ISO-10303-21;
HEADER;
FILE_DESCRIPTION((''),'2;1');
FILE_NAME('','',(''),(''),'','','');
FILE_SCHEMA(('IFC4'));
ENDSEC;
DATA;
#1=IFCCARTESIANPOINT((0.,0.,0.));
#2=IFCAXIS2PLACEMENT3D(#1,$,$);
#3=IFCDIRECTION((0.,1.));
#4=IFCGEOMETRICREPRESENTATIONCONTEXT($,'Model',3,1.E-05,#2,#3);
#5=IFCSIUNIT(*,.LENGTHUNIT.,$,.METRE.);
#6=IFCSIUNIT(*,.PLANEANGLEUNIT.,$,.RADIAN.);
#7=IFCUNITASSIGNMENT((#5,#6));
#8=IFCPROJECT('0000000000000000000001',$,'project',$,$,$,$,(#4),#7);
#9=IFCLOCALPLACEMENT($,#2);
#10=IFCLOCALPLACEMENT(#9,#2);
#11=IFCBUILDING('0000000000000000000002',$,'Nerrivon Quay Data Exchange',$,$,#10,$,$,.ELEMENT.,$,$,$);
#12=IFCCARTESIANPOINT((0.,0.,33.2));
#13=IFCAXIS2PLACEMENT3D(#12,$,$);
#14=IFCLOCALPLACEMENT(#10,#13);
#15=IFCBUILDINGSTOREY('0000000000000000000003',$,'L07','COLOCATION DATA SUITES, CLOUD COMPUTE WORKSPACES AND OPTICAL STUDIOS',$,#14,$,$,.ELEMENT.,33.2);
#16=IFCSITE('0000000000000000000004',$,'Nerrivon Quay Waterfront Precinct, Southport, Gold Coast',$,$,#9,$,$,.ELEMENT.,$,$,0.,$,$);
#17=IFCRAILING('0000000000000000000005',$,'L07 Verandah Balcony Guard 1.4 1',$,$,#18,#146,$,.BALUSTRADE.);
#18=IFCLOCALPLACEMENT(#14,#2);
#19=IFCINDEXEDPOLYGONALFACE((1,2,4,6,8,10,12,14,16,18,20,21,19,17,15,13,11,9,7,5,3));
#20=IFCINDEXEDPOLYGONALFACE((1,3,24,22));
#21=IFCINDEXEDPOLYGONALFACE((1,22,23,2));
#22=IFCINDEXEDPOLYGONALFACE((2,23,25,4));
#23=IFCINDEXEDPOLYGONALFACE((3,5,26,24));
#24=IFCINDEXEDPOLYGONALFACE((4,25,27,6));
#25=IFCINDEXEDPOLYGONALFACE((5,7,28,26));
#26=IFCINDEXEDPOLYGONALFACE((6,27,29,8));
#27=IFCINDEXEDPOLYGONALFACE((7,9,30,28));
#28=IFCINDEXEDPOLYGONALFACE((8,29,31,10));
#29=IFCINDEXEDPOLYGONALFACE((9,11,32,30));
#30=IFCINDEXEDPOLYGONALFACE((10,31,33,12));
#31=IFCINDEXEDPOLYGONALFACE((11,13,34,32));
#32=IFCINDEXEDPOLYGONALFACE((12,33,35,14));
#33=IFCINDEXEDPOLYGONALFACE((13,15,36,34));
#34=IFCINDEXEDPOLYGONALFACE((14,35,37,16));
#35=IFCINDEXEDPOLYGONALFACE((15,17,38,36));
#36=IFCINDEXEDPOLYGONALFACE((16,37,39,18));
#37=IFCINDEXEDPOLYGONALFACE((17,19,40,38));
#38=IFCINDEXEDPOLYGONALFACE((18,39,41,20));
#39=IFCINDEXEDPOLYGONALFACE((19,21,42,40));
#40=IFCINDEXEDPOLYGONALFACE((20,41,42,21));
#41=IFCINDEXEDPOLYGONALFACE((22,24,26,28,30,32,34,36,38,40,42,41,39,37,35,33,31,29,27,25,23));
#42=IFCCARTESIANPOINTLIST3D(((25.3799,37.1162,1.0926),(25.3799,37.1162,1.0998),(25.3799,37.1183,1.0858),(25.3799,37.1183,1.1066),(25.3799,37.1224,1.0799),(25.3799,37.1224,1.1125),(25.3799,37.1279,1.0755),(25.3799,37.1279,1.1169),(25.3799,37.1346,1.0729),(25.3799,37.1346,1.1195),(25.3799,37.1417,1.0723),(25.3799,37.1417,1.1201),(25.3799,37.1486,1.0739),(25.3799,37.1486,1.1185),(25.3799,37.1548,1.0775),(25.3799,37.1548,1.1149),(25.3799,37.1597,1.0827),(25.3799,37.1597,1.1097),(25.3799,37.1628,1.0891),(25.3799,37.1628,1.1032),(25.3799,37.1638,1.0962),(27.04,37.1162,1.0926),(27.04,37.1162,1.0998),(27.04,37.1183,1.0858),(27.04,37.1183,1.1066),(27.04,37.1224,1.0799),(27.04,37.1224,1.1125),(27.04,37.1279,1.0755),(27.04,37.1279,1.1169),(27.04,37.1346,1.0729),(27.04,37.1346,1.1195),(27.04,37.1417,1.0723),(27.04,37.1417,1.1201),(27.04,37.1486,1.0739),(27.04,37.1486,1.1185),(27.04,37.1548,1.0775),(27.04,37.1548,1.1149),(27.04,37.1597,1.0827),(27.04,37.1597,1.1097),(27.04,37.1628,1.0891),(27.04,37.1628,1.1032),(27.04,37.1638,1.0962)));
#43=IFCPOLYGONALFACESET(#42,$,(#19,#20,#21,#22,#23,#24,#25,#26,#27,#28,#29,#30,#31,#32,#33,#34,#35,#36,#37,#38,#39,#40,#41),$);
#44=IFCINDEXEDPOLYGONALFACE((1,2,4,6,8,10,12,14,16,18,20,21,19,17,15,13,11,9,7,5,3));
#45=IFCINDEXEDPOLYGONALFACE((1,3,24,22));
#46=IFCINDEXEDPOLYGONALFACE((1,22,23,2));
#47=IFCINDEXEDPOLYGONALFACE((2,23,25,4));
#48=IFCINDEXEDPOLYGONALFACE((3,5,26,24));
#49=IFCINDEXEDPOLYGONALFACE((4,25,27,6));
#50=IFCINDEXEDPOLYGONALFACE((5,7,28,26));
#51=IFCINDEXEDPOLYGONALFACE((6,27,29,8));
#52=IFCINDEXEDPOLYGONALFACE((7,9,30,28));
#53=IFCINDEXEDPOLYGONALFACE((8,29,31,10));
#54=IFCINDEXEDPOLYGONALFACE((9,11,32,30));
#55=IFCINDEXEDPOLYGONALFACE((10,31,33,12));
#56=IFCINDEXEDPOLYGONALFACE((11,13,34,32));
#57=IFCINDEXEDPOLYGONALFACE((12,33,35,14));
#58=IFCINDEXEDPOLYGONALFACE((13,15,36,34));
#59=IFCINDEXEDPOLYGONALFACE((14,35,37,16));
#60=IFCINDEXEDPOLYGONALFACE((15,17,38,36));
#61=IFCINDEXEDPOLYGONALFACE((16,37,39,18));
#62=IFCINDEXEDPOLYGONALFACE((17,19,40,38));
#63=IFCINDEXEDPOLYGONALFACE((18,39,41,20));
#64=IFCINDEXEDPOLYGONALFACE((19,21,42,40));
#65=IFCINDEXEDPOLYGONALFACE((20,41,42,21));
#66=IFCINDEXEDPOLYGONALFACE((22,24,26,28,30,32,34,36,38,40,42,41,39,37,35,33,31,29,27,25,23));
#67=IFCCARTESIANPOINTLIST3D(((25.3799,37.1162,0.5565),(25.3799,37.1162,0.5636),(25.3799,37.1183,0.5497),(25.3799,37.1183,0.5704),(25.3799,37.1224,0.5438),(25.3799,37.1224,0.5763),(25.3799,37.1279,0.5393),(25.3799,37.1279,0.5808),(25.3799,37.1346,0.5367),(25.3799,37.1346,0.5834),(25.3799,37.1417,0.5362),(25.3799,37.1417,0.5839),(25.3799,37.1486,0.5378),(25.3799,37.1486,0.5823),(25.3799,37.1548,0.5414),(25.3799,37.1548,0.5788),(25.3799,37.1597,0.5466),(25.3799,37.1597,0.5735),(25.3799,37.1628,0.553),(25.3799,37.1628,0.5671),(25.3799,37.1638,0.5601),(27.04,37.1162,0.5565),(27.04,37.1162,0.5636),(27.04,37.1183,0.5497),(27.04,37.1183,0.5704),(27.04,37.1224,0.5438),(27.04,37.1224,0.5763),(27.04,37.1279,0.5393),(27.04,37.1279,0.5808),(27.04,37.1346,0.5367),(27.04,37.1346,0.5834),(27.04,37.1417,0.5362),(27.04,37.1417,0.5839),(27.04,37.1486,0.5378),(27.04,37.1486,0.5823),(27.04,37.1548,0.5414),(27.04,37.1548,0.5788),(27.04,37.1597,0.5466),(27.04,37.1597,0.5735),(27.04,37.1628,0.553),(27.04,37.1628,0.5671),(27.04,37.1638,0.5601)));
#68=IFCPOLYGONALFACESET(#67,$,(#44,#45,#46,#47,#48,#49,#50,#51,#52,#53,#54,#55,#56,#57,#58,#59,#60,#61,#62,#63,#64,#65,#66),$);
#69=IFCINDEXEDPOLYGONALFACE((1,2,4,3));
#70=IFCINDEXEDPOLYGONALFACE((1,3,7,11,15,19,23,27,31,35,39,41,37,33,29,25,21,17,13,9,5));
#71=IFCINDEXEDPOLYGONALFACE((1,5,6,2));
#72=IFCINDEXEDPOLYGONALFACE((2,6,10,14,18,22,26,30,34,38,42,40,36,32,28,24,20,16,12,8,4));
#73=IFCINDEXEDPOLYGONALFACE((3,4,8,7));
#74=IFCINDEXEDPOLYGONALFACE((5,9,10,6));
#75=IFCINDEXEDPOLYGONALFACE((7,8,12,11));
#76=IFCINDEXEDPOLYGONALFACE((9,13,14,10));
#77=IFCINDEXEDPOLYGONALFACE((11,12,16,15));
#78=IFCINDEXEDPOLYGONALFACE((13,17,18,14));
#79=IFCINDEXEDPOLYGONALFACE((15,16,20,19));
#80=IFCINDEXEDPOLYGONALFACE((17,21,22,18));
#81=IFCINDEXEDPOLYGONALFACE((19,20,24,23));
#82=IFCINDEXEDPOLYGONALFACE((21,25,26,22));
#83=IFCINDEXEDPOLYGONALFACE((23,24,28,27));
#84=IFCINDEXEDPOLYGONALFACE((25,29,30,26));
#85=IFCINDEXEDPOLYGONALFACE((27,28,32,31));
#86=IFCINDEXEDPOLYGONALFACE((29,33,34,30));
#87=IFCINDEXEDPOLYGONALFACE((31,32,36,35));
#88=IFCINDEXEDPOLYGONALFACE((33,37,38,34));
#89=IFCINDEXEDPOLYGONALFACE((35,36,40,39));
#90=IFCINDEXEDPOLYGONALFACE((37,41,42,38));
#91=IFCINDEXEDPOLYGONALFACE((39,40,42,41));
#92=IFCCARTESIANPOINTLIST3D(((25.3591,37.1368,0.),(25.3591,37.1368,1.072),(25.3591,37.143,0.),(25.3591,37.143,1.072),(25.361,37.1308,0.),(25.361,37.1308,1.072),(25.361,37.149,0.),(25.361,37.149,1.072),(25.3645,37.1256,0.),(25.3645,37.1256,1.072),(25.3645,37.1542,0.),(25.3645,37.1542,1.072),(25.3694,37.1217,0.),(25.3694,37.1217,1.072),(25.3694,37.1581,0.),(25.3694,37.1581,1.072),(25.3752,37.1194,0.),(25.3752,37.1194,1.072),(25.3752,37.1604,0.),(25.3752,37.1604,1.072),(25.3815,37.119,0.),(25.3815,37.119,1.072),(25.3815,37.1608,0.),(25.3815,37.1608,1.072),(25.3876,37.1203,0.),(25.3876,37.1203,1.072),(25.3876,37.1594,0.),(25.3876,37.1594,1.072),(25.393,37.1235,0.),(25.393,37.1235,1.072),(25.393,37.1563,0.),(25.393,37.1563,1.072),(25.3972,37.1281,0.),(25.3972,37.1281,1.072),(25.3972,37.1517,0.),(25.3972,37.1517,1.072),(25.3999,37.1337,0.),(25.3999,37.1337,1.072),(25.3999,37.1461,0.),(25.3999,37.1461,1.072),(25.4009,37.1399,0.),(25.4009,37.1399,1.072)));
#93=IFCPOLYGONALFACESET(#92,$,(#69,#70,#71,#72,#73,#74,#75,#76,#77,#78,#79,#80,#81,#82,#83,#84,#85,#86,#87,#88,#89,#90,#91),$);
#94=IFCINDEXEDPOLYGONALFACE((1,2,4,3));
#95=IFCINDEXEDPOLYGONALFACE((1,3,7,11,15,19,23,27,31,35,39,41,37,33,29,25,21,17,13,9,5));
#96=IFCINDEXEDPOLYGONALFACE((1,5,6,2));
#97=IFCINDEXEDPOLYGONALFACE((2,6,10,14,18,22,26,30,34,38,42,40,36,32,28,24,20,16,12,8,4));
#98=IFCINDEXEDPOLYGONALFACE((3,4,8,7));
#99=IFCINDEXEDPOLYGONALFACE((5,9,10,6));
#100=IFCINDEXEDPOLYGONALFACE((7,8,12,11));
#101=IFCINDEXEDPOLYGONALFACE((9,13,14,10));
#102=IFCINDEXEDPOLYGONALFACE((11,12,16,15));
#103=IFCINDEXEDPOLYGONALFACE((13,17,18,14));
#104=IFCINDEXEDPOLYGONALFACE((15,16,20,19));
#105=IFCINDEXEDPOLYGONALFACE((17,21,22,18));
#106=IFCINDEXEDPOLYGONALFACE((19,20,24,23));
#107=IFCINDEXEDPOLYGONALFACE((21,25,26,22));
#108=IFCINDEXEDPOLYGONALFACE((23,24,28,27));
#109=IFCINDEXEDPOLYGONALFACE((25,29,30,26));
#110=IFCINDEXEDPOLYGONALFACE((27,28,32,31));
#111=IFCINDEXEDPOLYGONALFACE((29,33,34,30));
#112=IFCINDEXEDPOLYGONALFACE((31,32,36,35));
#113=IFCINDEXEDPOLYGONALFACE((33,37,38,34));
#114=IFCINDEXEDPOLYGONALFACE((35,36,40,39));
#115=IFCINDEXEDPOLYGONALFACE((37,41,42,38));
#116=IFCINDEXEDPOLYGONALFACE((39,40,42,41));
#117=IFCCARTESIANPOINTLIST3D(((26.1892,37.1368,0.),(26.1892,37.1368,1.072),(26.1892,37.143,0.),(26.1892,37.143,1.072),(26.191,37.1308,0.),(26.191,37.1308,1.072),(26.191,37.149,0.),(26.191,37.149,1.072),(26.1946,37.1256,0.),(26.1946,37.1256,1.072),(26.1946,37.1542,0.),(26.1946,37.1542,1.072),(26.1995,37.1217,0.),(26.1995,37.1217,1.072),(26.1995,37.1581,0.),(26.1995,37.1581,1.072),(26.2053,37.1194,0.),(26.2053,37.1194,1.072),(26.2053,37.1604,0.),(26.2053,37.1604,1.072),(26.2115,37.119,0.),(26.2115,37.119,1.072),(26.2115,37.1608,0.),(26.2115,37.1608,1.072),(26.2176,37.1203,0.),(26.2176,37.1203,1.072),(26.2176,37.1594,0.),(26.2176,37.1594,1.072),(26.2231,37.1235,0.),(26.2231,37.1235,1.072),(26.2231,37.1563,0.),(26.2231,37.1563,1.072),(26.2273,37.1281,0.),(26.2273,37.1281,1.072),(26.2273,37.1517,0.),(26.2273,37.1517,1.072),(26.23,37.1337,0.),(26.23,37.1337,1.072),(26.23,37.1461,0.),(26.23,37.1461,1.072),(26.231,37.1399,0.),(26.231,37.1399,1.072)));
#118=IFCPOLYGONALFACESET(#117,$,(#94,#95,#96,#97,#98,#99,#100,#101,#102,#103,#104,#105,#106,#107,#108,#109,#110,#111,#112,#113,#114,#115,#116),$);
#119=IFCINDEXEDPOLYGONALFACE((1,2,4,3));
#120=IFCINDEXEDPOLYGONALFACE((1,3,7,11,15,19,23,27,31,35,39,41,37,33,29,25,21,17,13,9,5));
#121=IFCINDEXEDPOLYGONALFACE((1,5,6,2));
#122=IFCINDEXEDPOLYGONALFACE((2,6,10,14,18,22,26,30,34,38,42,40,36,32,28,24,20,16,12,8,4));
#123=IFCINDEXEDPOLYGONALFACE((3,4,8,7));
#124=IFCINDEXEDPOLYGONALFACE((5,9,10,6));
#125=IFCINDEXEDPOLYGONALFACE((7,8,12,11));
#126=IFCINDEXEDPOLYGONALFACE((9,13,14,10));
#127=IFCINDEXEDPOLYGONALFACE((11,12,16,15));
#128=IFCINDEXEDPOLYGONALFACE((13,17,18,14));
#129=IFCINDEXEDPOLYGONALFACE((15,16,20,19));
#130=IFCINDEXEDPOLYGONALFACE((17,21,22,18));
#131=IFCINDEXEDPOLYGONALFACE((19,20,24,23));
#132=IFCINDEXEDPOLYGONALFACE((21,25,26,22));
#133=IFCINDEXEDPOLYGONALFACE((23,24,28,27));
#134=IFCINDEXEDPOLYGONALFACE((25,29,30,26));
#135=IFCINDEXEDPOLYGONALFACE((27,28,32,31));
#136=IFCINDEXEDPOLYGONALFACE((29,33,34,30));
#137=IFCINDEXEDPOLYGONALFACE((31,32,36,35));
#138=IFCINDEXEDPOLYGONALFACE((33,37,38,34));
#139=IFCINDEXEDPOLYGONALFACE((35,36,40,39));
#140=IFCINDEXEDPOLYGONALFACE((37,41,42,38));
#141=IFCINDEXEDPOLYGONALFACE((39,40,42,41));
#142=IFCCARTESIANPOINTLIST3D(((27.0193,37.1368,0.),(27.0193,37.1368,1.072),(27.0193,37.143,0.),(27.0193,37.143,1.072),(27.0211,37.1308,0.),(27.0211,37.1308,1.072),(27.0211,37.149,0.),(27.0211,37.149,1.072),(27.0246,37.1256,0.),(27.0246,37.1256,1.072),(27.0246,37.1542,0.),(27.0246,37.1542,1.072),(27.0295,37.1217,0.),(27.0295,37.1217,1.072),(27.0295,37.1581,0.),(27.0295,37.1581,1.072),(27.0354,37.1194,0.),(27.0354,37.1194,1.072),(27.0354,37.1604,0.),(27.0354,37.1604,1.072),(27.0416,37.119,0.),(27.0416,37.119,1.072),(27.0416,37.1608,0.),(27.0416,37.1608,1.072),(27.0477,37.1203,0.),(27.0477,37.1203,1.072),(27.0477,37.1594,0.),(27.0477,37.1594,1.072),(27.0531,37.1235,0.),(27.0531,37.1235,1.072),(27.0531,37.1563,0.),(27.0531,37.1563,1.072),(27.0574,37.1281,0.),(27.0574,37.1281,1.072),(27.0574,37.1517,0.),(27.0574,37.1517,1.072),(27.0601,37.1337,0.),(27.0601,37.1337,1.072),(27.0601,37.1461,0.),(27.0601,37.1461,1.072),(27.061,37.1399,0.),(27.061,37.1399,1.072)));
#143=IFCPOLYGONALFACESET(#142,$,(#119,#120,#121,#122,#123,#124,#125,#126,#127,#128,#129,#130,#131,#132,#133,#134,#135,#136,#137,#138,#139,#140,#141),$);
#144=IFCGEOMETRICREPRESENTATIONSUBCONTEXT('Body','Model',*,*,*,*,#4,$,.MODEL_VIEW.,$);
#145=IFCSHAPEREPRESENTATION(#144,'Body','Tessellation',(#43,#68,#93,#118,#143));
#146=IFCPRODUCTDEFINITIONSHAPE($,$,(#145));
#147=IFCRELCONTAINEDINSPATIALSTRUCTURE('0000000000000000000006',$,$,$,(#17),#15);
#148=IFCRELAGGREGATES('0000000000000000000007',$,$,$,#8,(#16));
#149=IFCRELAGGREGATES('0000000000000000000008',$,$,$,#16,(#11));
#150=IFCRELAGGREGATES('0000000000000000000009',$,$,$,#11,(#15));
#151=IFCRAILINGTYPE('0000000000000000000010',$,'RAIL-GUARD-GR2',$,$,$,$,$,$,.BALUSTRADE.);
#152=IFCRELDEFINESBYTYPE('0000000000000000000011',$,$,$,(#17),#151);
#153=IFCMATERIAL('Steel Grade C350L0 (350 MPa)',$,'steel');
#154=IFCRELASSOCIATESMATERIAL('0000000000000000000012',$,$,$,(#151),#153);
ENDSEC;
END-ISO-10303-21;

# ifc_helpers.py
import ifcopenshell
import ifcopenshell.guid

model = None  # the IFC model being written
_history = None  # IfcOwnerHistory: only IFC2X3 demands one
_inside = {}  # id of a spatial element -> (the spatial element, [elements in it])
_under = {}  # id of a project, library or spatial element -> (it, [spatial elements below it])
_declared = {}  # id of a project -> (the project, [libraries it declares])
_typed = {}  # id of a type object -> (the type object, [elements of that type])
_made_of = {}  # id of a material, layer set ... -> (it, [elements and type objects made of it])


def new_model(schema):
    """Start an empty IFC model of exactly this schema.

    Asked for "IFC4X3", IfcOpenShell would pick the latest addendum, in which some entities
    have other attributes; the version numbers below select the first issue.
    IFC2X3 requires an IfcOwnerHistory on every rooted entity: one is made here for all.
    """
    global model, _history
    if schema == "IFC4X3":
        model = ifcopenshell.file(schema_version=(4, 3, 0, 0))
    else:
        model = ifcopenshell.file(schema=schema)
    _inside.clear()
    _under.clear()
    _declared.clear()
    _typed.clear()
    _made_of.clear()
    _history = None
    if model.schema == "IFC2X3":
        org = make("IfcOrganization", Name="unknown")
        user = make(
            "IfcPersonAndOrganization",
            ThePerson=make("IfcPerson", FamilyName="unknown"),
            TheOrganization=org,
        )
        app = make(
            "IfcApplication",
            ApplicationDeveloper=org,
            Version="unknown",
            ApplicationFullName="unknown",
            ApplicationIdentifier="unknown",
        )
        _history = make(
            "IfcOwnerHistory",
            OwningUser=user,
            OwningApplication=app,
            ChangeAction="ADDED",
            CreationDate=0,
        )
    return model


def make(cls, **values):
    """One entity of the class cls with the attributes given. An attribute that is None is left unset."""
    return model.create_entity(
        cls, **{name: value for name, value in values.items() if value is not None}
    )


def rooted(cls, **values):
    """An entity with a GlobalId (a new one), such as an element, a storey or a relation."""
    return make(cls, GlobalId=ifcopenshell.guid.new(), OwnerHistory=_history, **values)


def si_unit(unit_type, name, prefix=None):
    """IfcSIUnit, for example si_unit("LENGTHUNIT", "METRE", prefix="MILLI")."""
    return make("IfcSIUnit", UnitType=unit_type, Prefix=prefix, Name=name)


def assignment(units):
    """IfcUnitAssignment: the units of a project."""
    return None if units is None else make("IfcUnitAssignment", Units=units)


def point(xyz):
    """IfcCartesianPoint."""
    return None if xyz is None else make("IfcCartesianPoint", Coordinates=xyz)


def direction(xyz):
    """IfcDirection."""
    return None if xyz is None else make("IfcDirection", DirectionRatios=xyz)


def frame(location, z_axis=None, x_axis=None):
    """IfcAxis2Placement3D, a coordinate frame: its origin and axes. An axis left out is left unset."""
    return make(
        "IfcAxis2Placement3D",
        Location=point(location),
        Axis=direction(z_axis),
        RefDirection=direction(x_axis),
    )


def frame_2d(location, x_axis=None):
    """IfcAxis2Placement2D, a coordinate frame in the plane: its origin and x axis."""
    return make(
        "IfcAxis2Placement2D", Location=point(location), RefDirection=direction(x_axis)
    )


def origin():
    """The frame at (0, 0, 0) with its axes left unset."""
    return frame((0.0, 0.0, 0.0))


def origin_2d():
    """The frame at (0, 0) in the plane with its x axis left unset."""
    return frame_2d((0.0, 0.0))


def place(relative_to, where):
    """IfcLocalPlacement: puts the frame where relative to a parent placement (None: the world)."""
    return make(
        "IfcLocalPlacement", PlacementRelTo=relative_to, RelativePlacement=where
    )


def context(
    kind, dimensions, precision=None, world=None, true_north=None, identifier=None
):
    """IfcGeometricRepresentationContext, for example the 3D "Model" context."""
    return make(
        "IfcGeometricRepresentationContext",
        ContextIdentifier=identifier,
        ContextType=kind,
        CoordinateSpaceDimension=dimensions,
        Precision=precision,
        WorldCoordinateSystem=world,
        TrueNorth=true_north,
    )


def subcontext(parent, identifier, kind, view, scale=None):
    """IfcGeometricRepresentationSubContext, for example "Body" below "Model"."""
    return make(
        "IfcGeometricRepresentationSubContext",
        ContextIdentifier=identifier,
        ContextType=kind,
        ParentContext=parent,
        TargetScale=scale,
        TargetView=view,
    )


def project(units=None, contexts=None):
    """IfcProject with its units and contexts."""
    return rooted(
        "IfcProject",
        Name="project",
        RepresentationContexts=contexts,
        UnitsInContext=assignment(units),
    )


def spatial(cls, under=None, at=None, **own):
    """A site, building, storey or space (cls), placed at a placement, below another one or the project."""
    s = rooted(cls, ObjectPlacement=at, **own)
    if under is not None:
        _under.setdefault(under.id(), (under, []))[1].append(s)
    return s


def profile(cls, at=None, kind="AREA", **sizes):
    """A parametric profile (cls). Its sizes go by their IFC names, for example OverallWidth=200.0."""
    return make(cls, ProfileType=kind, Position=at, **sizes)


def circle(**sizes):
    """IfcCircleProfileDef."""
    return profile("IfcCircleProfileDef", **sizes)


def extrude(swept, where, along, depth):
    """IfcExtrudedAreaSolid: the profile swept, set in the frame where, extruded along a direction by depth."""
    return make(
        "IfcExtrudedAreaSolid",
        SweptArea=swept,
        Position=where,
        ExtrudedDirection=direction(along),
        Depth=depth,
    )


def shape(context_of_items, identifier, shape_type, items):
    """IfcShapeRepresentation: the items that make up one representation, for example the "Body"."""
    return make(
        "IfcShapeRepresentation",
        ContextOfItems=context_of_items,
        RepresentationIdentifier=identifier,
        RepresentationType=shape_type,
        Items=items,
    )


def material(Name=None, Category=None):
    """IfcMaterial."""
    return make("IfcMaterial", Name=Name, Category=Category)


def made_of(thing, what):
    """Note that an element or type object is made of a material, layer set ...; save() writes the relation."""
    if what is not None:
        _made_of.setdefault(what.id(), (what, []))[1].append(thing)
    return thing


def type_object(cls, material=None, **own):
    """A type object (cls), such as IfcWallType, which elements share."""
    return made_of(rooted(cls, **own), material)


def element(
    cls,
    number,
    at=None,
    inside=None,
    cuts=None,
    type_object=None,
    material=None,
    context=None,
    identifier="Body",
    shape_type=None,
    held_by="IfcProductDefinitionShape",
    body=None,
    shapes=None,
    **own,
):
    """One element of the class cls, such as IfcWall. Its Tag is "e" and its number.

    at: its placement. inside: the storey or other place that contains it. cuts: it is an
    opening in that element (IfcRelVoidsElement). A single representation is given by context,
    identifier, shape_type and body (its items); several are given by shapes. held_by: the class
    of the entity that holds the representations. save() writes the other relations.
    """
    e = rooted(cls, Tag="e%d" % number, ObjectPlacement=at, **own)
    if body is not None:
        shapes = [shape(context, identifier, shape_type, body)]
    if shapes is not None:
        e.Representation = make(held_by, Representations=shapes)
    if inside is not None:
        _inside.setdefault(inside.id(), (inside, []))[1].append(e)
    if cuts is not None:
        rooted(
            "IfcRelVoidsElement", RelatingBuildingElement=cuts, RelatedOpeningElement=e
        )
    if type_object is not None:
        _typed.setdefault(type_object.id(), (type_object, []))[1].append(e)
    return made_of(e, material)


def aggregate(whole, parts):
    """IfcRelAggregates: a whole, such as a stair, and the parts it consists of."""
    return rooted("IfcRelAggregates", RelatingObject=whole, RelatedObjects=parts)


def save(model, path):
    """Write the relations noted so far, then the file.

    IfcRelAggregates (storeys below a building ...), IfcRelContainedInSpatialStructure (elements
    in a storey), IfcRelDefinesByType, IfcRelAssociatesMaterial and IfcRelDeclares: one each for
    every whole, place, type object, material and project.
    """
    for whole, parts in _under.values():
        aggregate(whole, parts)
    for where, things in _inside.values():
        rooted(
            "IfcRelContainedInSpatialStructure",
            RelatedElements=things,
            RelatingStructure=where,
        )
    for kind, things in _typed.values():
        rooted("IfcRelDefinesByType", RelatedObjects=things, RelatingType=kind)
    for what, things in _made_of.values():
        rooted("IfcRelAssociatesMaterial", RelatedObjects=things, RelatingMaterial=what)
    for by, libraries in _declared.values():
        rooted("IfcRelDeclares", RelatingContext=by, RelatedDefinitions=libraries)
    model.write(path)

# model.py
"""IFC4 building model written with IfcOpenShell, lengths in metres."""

from ifc_helpers import new_model, si_unit, direction, frame, origin, origin_2d, place, context, subcontext, project, spatial, circle, extrude, material, type_object, element, save


model = new_model("IFC4")

# Units and contexts
model_context = context("Model", 3, precision=1e-05, world=origin(), true_north=direction((0.0, 1.0)))
body_context = subcontext(model_context, "Body", "Model", "MODEL_VIEW")
ifc_project = project(units=[si_unit("LENGTHUNIT", "METRE"), si_unit("PLANEANGLEUNIT", "RADIAN")], contexts=[model_context])

# Site, building, storey
site_placement = place(None, origin())
site = spatial("IfcSite", under=ifc_project, at=site_placement, Name="Nerrivon Quay Waterfront Precinct, Southport, Gold Coast", CompositionType="ELEMENT", RefElevation=0.0)
building_placement = place(site_placement, origin())
building = spatial("IfcBuilding", under=site, at=building_placement, Name="Nerrivon Quay Data Exchange", CompositionType="ELEMENT")
storey_placement = place(building_placement, frame((0.0, 0.0, 33.2)))
storey = spatial("IfcBuildingStorey", under=building, at=storey_placement, Name="L07", Description="COLOCATION DATA SUITES, CLOUD COMPUTE WORKSPACES AND OPTICAL STUDIOS", CompositionType="ELEMENT", Elevation=33.2)

# Railing
ifc_material_1 = material(Name="Steel Grade C350L0 (350 MPa)", Category="steel")
railing_type = type_object("IfcRailingType", Name="RAIL-GUARD-GR2", PredefinedType="BALUSTRADE", material=ifc_material_1)
railing_1_placement = place(storey_placement, frame((25.3799, 37.1399, 0.0)))
element("IfcRailing", 1, at=railing_1_placement, inside=storey, type_object=railing_type, Name="L07 Verandah Balcony Guard 1.4 1", PredefinedType="BALUSTRADE", context=body_context, shape_type="SweptSolid", body=[
    extrude(circle(Radius=0.0239, at=origin_2d()), frame((0.0, 0.0, 1.0962), z_axis=(1.0, 0.0, 0.0), x_axis=(0.0, 1.0, 0.0)), (0.0, 0.0, 1.0), 1.6602),
    extrude(circle(Radius=0.0239, at=origin_2d()), frame((0.0, 0.0, 0.5601), z_axis=(1.0, 0.0, 0.0), x_axis=(0.0, 1.0, 0.0)), (0.0, 0.0, 1.0), 1.6602),
    extrude(circle(Radius=0.021, at=origin_2d()), origin(), (0.0, 0.0, 1.0), 1.072),
    extrude(circle(Radius=0.021, at=origin_2d()), frame((0.8301, 0.0, 0.0)), (0.0, 0.0, 1.0), 1.072),
    extrude(circle(Radius=0.021, at=origin_2d()), frame((1.6602, 0.0, 0.0)), (0.0, 0.0, 1.0), 1.072),
])

save(model, "model.ifc")
